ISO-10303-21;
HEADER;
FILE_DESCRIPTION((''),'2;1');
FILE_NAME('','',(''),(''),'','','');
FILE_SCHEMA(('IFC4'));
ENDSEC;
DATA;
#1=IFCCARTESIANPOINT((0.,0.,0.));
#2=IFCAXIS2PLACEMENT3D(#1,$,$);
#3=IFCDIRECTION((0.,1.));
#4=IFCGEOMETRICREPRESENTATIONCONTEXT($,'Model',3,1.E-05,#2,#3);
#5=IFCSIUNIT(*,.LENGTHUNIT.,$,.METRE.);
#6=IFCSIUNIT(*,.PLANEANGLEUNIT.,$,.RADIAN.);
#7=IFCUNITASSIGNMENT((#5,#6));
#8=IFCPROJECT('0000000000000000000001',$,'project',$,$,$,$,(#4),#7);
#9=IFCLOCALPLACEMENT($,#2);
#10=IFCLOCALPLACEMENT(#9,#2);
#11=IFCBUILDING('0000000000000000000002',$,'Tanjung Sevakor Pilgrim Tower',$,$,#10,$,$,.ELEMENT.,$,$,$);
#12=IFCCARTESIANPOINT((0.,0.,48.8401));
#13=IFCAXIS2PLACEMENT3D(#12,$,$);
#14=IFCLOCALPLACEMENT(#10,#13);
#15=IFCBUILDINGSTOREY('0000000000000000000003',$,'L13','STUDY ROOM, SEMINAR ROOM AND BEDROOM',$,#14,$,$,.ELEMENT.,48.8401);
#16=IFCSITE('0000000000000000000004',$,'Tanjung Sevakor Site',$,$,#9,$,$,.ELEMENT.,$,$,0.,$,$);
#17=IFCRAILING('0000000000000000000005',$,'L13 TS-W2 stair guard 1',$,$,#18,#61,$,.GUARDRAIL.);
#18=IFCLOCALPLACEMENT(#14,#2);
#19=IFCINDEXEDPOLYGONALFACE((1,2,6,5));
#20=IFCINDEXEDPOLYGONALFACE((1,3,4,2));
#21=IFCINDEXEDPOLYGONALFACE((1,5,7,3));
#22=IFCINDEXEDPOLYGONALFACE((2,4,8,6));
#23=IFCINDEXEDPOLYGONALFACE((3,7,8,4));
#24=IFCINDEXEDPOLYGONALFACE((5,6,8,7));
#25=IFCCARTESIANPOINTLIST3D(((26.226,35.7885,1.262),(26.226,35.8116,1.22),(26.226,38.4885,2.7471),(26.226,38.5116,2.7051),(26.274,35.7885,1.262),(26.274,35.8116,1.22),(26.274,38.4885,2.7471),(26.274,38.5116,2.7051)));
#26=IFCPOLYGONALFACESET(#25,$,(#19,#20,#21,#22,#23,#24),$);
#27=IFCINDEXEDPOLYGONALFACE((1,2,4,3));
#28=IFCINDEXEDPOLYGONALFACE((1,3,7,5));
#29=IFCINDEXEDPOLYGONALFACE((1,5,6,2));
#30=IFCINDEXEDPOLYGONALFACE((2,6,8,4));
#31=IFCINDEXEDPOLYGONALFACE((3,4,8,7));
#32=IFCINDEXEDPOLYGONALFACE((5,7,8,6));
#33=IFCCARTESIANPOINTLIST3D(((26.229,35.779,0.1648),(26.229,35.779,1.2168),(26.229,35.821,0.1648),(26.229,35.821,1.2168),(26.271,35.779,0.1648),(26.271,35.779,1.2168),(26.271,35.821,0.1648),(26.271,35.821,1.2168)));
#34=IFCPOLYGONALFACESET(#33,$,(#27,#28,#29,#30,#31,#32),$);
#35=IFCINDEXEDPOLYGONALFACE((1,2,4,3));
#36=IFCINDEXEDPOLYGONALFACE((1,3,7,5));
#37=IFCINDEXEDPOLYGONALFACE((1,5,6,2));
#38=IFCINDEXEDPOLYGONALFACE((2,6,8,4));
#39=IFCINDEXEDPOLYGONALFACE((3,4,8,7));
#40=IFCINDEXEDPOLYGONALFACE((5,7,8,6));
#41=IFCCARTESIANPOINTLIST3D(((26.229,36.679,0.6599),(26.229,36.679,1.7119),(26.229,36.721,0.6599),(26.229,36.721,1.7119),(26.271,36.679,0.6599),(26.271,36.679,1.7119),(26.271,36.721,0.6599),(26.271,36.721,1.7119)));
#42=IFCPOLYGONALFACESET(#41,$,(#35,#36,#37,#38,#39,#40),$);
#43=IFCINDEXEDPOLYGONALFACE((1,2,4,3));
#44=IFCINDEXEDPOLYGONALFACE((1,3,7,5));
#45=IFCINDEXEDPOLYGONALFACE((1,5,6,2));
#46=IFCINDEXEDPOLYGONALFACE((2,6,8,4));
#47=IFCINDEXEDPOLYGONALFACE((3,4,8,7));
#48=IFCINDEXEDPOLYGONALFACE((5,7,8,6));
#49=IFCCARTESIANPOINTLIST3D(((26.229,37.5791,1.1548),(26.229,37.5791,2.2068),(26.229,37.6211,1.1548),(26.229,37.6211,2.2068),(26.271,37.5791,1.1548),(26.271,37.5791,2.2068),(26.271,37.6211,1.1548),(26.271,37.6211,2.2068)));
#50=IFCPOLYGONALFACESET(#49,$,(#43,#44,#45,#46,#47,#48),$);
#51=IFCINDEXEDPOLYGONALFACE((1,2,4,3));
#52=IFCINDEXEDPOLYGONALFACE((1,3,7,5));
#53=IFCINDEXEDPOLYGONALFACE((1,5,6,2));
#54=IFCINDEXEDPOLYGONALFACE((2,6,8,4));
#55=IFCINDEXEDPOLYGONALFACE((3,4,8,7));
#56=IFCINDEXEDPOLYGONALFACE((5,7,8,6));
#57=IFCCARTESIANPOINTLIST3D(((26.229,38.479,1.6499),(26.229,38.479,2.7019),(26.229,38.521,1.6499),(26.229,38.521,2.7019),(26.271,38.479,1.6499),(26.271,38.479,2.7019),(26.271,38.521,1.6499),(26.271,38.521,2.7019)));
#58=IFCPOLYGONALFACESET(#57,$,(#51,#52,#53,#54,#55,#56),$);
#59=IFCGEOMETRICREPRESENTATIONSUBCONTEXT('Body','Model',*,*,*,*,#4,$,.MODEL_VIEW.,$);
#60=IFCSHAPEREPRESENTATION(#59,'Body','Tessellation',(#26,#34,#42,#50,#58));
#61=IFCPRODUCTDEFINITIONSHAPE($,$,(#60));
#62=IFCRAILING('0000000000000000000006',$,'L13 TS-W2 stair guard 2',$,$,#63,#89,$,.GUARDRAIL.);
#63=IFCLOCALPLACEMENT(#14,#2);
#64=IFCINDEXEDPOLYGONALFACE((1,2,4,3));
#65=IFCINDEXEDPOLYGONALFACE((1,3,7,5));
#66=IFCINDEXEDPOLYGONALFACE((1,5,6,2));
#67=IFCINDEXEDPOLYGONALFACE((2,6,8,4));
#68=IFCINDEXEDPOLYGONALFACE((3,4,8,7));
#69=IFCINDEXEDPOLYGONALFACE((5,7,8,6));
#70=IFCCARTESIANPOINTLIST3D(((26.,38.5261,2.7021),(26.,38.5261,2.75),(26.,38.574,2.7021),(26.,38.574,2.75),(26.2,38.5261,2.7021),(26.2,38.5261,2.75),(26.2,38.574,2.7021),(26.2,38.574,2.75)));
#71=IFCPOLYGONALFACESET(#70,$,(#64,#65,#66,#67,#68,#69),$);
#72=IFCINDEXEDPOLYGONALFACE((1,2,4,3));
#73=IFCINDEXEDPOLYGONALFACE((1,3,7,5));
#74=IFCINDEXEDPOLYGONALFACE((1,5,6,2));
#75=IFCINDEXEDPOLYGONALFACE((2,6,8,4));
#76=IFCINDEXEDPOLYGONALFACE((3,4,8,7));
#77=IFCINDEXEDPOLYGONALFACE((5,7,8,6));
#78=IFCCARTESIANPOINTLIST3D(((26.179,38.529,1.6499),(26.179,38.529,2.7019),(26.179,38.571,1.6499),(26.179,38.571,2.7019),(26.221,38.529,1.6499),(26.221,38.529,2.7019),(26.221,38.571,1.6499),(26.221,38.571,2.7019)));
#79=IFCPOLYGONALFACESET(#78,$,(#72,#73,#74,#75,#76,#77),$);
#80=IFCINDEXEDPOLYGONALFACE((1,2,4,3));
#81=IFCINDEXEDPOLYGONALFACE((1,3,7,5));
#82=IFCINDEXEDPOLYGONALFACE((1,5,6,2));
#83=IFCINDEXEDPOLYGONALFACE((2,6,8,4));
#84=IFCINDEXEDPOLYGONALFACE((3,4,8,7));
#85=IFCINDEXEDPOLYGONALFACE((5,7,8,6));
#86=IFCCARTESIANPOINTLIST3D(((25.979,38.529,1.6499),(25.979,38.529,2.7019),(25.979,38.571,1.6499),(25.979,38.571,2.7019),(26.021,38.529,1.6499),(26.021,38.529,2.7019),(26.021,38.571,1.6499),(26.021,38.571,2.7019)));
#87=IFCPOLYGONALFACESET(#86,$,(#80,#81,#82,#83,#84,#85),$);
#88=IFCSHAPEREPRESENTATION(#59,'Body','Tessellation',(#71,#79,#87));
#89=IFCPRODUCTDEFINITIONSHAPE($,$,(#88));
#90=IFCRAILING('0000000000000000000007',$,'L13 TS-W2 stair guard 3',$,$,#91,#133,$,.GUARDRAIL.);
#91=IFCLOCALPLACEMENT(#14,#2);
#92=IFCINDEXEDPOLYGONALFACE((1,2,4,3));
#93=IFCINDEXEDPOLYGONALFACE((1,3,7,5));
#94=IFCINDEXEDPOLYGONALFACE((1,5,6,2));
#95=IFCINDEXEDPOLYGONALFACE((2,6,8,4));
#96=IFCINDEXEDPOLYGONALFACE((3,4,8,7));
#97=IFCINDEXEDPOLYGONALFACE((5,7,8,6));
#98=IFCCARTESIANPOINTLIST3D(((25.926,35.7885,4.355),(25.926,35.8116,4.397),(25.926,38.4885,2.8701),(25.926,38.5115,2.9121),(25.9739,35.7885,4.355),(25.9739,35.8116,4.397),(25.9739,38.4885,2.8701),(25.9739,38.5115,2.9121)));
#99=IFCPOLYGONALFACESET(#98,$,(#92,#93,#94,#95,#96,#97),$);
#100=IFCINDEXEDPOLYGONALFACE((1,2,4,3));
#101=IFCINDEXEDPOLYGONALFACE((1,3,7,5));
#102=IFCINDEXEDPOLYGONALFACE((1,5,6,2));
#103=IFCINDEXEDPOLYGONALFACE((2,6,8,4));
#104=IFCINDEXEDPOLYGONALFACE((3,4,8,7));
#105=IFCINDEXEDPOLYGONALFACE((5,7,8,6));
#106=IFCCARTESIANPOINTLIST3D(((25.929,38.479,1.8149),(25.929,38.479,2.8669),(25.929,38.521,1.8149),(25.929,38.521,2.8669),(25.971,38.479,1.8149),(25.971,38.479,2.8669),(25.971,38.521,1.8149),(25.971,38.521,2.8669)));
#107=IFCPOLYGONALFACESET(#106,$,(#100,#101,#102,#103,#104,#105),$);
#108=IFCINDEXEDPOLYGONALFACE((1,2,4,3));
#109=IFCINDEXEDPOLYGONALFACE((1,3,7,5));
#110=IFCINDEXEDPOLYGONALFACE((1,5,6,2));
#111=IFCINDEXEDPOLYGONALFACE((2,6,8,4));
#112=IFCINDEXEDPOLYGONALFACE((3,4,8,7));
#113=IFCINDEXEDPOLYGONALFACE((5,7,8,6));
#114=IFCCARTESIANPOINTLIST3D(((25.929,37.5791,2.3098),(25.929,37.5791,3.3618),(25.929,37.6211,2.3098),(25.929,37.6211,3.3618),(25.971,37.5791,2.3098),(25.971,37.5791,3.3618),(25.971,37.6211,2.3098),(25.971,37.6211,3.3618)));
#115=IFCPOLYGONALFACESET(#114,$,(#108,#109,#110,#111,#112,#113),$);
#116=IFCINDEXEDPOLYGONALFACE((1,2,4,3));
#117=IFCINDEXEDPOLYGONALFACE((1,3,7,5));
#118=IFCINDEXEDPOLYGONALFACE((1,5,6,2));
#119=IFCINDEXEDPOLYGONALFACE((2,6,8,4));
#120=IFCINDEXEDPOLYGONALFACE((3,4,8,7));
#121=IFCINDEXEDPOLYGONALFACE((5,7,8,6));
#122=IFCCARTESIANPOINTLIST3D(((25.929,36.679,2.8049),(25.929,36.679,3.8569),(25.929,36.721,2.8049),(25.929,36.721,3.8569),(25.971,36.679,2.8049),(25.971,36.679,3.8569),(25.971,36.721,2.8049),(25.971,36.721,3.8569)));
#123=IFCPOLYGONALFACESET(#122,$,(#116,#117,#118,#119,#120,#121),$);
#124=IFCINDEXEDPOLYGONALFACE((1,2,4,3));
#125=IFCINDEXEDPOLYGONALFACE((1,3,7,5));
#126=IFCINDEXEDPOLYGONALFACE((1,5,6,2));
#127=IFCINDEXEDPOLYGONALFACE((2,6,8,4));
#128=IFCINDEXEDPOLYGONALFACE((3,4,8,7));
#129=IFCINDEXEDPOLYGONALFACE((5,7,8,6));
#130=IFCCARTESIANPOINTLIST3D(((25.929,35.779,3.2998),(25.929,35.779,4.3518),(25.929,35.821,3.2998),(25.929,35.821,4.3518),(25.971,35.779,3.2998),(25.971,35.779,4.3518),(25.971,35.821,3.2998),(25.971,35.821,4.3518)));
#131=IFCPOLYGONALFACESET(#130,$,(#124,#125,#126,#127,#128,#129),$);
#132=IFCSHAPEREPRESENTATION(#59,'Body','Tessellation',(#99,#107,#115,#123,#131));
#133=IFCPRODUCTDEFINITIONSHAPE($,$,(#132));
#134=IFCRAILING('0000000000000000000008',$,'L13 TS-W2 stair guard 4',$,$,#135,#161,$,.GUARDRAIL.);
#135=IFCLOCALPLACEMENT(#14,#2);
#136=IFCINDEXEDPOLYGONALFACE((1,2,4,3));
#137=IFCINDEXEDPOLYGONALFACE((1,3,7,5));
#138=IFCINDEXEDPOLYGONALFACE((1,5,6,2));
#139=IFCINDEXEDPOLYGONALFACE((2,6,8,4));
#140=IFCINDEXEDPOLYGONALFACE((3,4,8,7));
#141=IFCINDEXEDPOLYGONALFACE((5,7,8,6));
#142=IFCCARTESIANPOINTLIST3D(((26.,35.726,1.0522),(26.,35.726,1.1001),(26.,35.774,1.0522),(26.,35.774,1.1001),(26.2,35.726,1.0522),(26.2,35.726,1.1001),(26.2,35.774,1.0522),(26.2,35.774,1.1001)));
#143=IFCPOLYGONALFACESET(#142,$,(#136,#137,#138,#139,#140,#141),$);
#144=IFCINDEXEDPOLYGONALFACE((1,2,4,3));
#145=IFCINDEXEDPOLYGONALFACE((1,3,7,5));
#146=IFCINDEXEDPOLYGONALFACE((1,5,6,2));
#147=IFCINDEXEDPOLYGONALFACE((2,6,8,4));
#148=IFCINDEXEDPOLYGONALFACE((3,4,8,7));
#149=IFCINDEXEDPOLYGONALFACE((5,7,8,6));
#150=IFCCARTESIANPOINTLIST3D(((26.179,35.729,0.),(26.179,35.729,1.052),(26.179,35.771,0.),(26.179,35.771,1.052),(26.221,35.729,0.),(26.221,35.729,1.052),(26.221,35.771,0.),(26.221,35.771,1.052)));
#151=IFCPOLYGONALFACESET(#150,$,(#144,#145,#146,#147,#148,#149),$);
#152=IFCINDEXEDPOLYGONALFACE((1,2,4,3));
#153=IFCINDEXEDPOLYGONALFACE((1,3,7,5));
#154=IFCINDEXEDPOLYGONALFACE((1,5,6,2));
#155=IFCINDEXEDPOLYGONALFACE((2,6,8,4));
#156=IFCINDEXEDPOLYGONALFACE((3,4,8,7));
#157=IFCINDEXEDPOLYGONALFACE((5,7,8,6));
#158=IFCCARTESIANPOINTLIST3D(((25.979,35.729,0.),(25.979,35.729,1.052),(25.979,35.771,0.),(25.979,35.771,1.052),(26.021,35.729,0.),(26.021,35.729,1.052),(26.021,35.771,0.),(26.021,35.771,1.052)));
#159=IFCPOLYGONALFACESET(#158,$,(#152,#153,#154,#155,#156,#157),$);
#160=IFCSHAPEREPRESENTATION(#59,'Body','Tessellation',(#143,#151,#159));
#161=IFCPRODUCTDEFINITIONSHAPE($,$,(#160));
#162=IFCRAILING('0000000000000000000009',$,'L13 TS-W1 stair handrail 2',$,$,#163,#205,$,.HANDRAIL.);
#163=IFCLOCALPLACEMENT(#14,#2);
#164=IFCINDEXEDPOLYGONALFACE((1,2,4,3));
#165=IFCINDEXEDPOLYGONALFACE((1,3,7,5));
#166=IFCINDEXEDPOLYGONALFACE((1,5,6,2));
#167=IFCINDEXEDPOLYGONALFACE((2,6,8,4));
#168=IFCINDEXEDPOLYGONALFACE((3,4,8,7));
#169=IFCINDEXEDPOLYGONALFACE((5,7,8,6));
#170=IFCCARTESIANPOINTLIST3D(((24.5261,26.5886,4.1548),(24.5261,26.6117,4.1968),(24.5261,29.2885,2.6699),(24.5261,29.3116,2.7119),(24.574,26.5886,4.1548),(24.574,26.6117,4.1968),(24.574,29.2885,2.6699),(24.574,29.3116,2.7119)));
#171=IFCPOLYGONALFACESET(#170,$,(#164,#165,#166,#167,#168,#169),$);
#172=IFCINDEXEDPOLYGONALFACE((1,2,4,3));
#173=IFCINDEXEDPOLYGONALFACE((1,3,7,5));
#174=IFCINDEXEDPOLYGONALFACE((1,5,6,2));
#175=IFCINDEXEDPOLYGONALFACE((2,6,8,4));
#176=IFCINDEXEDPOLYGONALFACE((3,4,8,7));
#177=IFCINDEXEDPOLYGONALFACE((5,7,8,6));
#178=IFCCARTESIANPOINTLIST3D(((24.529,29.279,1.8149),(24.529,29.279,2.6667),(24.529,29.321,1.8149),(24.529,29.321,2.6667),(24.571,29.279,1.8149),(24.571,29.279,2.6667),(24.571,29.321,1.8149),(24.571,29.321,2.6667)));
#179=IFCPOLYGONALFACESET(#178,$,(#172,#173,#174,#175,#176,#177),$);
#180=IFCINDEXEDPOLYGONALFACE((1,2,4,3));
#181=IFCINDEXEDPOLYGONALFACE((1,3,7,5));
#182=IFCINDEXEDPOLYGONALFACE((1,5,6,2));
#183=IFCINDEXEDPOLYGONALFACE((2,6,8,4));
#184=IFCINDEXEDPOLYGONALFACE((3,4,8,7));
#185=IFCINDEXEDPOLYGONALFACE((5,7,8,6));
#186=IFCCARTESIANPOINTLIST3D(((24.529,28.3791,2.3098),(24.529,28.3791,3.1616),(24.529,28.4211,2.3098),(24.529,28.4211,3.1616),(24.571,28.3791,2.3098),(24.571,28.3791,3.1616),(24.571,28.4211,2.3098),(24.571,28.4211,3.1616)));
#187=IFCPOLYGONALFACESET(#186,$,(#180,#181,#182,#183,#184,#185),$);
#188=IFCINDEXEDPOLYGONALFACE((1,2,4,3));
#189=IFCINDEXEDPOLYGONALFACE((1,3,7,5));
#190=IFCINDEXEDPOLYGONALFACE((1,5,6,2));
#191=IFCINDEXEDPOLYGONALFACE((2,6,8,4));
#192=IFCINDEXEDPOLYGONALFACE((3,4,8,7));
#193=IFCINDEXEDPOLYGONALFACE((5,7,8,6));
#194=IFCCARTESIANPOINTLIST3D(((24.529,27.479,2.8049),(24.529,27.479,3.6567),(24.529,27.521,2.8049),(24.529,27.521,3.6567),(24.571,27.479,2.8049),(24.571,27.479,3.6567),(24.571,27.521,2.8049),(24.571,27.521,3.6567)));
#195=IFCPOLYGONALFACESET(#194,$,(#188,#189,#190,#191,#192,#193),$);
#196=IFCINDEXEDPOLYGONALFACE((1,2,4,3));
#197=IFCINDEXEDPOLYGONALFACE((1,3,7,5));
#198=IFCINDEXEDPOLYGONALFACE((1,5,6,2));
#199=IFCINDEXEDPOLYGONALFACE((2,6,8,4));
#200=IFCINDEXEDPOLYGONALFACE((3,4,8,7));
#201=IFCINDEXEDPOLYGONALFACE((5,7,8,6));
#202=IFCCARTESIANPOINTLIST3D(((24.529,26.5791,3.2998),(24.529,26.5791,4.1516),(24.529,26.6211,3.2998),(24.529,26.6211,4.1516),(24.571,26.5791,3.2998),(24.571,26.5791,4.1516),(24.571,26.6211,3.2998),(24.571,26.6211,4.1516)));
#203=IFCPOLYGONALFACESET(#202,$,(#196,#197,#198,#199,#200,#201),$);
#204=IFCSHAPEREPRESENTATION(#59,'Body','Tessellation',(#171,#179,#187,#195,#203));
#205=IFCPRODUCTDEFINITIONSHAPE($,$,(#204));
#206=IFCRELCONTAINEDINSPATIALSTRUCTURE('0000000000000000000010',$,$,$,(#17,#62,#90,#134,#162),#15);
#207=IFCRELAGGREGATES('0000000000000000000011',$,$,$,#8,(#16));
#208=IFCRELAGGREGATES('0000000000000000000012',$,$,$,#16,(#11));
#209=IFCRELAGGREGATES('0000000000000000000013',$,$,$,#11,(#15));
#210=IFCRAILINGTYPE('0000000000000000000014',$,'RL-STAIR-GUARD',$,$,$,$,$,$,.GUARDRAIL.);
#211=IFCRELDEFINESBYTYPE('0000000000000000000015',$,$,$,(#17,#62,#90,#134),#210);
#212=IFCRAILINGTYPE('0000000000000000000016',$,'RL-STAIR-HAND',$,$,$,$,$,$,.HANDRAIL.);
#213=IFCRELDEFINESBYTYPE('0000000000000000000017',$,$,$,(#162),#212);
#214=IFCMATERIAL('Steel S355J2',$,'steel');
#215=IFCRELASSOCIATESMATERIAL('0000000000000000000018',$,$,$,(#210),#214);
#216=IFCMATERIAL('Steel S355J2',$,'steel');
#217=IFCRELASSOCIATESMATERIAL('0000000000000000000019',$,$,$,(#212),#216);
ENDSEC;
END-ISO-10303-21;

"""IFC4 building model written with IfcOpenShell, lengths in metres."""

from ifc_helpers import new_model, si_unit, direction, frame, origin, place, context, subcontext, project, spatial, rectangle, extrude, material, type_object, element, save


model = new_model("IFC4")

# Units and contexts
model_context = context("Model", 3, precision=1e-05, world=origin(), true_north=direction((0.0, 1.0)))
body_context = subcontext(model_context, "Body", "Model", "MODEL_VIEW")
ifc_project = project(units=[si_unit("LENGTHUNIT", "METRE"), si_unit("PLANEANGLEUNIT", "RADIAN")], contexts=[model_context])

# Site, building, storey
site_placement = place(None, origin())
site = spatial("IfcSite", under=ifc_project, at=site_placement, Name="Tanjung Sevakor Site", CompositionType="ELEMENT", RefElevation=0.0)
building_placement = place(site_placement, origin())
building = spatial("IfcBuilding", under=site, at=building_placement, Name="Tanjung Sevakor Pilgrim Tower", CompositionType="ELEMENT")
storey_placement = place(building_placement, frame((0.0, 0.0, 48.8401)))
storey = spatial("IfcBuildingStorey", under=building, at=storey_placement, Name="L13", Description="STUDY ROOM, SEMINAR ROOM AND BEDROOM", CompositionType="ELEMENT", Elevation=48.8401)

# Railings
ifc_material_1 = material(Name="Steel S355J2", Category="steel")
railing_type_1 = type_object("IfcRailingType", Name="RL-STAIR-GUARD", PredefinedType="GUARDRAIL", material=ifc_material_1)
railing_1_placement = place(storey_placement, frame((26.25, 35.8, 0.1648)))
element("IfcRailing", 1, at=railing_1_placement, inside=storey, type_object=railing_type_1, Name="L13 TS-W2 stair guard 1", PredefinedType="GUARDRAIL", context=body_context, shape_type="SweptSolid", body=[
    extrude(rectangle(XDim=0.0479, YDim=0.0479), frame((0.0, 0.0, 1.0762), z_axis=(0.0, 0.876198, 0.481952), x_axis=(-1.0, 0.0, 0.0)), (0.0, 0.0, 1.0), 3.0815),
    extrude(rectangle(XDim=0.042, YDim=0.042), origin(), (0.0, 0.0, 1.0), 1.052),
    extrude(rectangle(XDim=0.042, YDim=0.042), frame((0.0, 0.8999, 0.4951)), (0.0, 0.0, 1.0), 1.052),
    extrude(rectangle(XDim=0.042, YDim=0.042), frame((0.0, 1.8, 0.99)), (0.0, 0.0, 1.0), 1.052),
    extrude(rectangle(XDim=0.042, YDim=0.042), frame((0.0, 2.7, 1.4851)), (0.0, 0.0, 1.0), 1.052),
])
railing_2_placement = place(storey_placement, frame((26.2, 38.55, 1.6499)))
element("IfcRailing", 2, at=railing_2_placement, inside=storey, type_object=railing_type_1, Name="L13 TS-W2 stair guard 2", PredefinedType="GUARDRAIL", context=body_context, shape_type="SweptSolid", body=[
    extrude(rectangle(XDim=0.0479, YDim=0.0479), frame((0.0, 0.0, 1.0762), z_axis=(-1.0, 0.0, 0.0), x_axis=(0.0, -1.0, 0.0)), (0.0, 0.0, 1.0), 0.2),
    extrude(rectangle(XDim=0.042, YDim=0.042), origin(), (0.0, 0.0, 1.0), 1.052),
    extrude(rectangle(XDim=0.042, YDim=0.042), frame((-0.2, 0.0, 0.0)), (0.0, 0.0, 1.0), 1.052),
])
railing_3_placement = place(storey_placement, frame((25.95, 38.5, 1.8149)))
element("IfcRailing", 3, at=railing_3_placement, inside=storey, type_object=railing_type_1, Name="L13 TS-W2 stair guard 3", PredefinedType="GUARDRAIL", context=body_context, shape_type="SweptSolid", body=[
    extrude(rectangle(XDim=0.0479, YDim=0.0479), frame((0.0, 0.0, 1.0762), z_axis=(0.0, -0.876231, 0.481891), x_axis=(1.0, 0.0, 0.0)), (0.0, 0.0, 1.0), 3.0813),
    extrude(rectangle(XDim=0.042, YDim=0.042), origin(), (0.0, 0.0, 1.0), 1.052),
    extrude(rectangle(XDim=0.042, YDim=0.042), frame((0.0, -0.8999, 0.4949)), (0.0, 0.0, 1.0), 1.052),
    extrude(rectangle(XDim=0.042, YDim=0.042), frame((0.0, -1.8, 0.99)), (0.0, 0.0, 1.0), 1.052),
    extrude(rectangle(XDim=0.042, YDim=0.042), frame((0.0, -2.7, 1.4849)), (0.0, 0.0, 1.0), 1.052),
])
railing_4_placement = place(storey_placement, frame((26.2, 35.75, 0.0)))
element("IfcRailing", 4, at=railing_4_placement, inside=storey, type_object=railing_type_1, Name="L13 TS-W2 stair guard 4", PredefinedType="GUARDRAIL", context=body_context, shape_type="SweptSolid", body=[
    extrude(rectangle(XDim=0.0479, YDim=0.0479), frame((0.0, 0.0, 1.0762), z_axis=(-1.0, 0.0, 0.0), x_axis=(0.0, -1.0, 0.0)), (0.0, 0.0, 1.0), 0.2),
    extrude(rectangle(XDim=0.042, YDim=0.042), origin(), (0.0, 0.0, 1.0), 1.052),
    extrude(rectangle(XDim=0.042, YDim=0.042), frame((-0.2, 0.0, 0.0)), (0.0, 0.0, 1.0), 1.052),
])
ifc_material_2 = material(Name="Steel S355J2", Category="steel")
railing_type_2 = type_object("IfcRailingType", Name="RL-STAIR-HAND", PredefinedType="HANDRAIL", material=ifc_material_2)
railing_5_placement = place(storey_placement, frame((24.55, 29.3, 1.8149)))
element("IfcRailing", 5, at=railing_5_placement, inside=storey, type_object=railing_type_2, Name="L13 TS-W1 stair handrail 2", PredefinedType="HANDRAIL", context=body_context, shape_type="SweptSolid", body=[
    extrude(rectangle(XDim=0.0479, YDim=0.0479), frame((0.0, 0.0, 0.876), z_axis=(0.0, -0.876231, 0.481891), x_axis=(1.0, 0.0, 0.0)), (0.0, 0.0, 1.0), 3.0813),
    extrude(rectangle(XDim=0.042, YDim=0.042), origin(), (0.0, 0.0, 1.0), 0.8518),
    extrude(rectangle(XDim=0.042, YDim=0.042), frame((0.0, -0.8999, 0.4949)), (0.0, 0.0, 1.0), 0.8518),
    extrude(rectangle(XDim=0.042, YDim=0.042), frame((0.0, -1.8, 0.99)), (0.0, 0.0, 1.0), 0.8518),
    extrude(rectangle(XDim=0.042, YDim=0.042), frame((0.0, -2.7, 1.4849)), (0.0, 0.0, 1.0), 0.8518),
])

save(model, "model.ifc")
